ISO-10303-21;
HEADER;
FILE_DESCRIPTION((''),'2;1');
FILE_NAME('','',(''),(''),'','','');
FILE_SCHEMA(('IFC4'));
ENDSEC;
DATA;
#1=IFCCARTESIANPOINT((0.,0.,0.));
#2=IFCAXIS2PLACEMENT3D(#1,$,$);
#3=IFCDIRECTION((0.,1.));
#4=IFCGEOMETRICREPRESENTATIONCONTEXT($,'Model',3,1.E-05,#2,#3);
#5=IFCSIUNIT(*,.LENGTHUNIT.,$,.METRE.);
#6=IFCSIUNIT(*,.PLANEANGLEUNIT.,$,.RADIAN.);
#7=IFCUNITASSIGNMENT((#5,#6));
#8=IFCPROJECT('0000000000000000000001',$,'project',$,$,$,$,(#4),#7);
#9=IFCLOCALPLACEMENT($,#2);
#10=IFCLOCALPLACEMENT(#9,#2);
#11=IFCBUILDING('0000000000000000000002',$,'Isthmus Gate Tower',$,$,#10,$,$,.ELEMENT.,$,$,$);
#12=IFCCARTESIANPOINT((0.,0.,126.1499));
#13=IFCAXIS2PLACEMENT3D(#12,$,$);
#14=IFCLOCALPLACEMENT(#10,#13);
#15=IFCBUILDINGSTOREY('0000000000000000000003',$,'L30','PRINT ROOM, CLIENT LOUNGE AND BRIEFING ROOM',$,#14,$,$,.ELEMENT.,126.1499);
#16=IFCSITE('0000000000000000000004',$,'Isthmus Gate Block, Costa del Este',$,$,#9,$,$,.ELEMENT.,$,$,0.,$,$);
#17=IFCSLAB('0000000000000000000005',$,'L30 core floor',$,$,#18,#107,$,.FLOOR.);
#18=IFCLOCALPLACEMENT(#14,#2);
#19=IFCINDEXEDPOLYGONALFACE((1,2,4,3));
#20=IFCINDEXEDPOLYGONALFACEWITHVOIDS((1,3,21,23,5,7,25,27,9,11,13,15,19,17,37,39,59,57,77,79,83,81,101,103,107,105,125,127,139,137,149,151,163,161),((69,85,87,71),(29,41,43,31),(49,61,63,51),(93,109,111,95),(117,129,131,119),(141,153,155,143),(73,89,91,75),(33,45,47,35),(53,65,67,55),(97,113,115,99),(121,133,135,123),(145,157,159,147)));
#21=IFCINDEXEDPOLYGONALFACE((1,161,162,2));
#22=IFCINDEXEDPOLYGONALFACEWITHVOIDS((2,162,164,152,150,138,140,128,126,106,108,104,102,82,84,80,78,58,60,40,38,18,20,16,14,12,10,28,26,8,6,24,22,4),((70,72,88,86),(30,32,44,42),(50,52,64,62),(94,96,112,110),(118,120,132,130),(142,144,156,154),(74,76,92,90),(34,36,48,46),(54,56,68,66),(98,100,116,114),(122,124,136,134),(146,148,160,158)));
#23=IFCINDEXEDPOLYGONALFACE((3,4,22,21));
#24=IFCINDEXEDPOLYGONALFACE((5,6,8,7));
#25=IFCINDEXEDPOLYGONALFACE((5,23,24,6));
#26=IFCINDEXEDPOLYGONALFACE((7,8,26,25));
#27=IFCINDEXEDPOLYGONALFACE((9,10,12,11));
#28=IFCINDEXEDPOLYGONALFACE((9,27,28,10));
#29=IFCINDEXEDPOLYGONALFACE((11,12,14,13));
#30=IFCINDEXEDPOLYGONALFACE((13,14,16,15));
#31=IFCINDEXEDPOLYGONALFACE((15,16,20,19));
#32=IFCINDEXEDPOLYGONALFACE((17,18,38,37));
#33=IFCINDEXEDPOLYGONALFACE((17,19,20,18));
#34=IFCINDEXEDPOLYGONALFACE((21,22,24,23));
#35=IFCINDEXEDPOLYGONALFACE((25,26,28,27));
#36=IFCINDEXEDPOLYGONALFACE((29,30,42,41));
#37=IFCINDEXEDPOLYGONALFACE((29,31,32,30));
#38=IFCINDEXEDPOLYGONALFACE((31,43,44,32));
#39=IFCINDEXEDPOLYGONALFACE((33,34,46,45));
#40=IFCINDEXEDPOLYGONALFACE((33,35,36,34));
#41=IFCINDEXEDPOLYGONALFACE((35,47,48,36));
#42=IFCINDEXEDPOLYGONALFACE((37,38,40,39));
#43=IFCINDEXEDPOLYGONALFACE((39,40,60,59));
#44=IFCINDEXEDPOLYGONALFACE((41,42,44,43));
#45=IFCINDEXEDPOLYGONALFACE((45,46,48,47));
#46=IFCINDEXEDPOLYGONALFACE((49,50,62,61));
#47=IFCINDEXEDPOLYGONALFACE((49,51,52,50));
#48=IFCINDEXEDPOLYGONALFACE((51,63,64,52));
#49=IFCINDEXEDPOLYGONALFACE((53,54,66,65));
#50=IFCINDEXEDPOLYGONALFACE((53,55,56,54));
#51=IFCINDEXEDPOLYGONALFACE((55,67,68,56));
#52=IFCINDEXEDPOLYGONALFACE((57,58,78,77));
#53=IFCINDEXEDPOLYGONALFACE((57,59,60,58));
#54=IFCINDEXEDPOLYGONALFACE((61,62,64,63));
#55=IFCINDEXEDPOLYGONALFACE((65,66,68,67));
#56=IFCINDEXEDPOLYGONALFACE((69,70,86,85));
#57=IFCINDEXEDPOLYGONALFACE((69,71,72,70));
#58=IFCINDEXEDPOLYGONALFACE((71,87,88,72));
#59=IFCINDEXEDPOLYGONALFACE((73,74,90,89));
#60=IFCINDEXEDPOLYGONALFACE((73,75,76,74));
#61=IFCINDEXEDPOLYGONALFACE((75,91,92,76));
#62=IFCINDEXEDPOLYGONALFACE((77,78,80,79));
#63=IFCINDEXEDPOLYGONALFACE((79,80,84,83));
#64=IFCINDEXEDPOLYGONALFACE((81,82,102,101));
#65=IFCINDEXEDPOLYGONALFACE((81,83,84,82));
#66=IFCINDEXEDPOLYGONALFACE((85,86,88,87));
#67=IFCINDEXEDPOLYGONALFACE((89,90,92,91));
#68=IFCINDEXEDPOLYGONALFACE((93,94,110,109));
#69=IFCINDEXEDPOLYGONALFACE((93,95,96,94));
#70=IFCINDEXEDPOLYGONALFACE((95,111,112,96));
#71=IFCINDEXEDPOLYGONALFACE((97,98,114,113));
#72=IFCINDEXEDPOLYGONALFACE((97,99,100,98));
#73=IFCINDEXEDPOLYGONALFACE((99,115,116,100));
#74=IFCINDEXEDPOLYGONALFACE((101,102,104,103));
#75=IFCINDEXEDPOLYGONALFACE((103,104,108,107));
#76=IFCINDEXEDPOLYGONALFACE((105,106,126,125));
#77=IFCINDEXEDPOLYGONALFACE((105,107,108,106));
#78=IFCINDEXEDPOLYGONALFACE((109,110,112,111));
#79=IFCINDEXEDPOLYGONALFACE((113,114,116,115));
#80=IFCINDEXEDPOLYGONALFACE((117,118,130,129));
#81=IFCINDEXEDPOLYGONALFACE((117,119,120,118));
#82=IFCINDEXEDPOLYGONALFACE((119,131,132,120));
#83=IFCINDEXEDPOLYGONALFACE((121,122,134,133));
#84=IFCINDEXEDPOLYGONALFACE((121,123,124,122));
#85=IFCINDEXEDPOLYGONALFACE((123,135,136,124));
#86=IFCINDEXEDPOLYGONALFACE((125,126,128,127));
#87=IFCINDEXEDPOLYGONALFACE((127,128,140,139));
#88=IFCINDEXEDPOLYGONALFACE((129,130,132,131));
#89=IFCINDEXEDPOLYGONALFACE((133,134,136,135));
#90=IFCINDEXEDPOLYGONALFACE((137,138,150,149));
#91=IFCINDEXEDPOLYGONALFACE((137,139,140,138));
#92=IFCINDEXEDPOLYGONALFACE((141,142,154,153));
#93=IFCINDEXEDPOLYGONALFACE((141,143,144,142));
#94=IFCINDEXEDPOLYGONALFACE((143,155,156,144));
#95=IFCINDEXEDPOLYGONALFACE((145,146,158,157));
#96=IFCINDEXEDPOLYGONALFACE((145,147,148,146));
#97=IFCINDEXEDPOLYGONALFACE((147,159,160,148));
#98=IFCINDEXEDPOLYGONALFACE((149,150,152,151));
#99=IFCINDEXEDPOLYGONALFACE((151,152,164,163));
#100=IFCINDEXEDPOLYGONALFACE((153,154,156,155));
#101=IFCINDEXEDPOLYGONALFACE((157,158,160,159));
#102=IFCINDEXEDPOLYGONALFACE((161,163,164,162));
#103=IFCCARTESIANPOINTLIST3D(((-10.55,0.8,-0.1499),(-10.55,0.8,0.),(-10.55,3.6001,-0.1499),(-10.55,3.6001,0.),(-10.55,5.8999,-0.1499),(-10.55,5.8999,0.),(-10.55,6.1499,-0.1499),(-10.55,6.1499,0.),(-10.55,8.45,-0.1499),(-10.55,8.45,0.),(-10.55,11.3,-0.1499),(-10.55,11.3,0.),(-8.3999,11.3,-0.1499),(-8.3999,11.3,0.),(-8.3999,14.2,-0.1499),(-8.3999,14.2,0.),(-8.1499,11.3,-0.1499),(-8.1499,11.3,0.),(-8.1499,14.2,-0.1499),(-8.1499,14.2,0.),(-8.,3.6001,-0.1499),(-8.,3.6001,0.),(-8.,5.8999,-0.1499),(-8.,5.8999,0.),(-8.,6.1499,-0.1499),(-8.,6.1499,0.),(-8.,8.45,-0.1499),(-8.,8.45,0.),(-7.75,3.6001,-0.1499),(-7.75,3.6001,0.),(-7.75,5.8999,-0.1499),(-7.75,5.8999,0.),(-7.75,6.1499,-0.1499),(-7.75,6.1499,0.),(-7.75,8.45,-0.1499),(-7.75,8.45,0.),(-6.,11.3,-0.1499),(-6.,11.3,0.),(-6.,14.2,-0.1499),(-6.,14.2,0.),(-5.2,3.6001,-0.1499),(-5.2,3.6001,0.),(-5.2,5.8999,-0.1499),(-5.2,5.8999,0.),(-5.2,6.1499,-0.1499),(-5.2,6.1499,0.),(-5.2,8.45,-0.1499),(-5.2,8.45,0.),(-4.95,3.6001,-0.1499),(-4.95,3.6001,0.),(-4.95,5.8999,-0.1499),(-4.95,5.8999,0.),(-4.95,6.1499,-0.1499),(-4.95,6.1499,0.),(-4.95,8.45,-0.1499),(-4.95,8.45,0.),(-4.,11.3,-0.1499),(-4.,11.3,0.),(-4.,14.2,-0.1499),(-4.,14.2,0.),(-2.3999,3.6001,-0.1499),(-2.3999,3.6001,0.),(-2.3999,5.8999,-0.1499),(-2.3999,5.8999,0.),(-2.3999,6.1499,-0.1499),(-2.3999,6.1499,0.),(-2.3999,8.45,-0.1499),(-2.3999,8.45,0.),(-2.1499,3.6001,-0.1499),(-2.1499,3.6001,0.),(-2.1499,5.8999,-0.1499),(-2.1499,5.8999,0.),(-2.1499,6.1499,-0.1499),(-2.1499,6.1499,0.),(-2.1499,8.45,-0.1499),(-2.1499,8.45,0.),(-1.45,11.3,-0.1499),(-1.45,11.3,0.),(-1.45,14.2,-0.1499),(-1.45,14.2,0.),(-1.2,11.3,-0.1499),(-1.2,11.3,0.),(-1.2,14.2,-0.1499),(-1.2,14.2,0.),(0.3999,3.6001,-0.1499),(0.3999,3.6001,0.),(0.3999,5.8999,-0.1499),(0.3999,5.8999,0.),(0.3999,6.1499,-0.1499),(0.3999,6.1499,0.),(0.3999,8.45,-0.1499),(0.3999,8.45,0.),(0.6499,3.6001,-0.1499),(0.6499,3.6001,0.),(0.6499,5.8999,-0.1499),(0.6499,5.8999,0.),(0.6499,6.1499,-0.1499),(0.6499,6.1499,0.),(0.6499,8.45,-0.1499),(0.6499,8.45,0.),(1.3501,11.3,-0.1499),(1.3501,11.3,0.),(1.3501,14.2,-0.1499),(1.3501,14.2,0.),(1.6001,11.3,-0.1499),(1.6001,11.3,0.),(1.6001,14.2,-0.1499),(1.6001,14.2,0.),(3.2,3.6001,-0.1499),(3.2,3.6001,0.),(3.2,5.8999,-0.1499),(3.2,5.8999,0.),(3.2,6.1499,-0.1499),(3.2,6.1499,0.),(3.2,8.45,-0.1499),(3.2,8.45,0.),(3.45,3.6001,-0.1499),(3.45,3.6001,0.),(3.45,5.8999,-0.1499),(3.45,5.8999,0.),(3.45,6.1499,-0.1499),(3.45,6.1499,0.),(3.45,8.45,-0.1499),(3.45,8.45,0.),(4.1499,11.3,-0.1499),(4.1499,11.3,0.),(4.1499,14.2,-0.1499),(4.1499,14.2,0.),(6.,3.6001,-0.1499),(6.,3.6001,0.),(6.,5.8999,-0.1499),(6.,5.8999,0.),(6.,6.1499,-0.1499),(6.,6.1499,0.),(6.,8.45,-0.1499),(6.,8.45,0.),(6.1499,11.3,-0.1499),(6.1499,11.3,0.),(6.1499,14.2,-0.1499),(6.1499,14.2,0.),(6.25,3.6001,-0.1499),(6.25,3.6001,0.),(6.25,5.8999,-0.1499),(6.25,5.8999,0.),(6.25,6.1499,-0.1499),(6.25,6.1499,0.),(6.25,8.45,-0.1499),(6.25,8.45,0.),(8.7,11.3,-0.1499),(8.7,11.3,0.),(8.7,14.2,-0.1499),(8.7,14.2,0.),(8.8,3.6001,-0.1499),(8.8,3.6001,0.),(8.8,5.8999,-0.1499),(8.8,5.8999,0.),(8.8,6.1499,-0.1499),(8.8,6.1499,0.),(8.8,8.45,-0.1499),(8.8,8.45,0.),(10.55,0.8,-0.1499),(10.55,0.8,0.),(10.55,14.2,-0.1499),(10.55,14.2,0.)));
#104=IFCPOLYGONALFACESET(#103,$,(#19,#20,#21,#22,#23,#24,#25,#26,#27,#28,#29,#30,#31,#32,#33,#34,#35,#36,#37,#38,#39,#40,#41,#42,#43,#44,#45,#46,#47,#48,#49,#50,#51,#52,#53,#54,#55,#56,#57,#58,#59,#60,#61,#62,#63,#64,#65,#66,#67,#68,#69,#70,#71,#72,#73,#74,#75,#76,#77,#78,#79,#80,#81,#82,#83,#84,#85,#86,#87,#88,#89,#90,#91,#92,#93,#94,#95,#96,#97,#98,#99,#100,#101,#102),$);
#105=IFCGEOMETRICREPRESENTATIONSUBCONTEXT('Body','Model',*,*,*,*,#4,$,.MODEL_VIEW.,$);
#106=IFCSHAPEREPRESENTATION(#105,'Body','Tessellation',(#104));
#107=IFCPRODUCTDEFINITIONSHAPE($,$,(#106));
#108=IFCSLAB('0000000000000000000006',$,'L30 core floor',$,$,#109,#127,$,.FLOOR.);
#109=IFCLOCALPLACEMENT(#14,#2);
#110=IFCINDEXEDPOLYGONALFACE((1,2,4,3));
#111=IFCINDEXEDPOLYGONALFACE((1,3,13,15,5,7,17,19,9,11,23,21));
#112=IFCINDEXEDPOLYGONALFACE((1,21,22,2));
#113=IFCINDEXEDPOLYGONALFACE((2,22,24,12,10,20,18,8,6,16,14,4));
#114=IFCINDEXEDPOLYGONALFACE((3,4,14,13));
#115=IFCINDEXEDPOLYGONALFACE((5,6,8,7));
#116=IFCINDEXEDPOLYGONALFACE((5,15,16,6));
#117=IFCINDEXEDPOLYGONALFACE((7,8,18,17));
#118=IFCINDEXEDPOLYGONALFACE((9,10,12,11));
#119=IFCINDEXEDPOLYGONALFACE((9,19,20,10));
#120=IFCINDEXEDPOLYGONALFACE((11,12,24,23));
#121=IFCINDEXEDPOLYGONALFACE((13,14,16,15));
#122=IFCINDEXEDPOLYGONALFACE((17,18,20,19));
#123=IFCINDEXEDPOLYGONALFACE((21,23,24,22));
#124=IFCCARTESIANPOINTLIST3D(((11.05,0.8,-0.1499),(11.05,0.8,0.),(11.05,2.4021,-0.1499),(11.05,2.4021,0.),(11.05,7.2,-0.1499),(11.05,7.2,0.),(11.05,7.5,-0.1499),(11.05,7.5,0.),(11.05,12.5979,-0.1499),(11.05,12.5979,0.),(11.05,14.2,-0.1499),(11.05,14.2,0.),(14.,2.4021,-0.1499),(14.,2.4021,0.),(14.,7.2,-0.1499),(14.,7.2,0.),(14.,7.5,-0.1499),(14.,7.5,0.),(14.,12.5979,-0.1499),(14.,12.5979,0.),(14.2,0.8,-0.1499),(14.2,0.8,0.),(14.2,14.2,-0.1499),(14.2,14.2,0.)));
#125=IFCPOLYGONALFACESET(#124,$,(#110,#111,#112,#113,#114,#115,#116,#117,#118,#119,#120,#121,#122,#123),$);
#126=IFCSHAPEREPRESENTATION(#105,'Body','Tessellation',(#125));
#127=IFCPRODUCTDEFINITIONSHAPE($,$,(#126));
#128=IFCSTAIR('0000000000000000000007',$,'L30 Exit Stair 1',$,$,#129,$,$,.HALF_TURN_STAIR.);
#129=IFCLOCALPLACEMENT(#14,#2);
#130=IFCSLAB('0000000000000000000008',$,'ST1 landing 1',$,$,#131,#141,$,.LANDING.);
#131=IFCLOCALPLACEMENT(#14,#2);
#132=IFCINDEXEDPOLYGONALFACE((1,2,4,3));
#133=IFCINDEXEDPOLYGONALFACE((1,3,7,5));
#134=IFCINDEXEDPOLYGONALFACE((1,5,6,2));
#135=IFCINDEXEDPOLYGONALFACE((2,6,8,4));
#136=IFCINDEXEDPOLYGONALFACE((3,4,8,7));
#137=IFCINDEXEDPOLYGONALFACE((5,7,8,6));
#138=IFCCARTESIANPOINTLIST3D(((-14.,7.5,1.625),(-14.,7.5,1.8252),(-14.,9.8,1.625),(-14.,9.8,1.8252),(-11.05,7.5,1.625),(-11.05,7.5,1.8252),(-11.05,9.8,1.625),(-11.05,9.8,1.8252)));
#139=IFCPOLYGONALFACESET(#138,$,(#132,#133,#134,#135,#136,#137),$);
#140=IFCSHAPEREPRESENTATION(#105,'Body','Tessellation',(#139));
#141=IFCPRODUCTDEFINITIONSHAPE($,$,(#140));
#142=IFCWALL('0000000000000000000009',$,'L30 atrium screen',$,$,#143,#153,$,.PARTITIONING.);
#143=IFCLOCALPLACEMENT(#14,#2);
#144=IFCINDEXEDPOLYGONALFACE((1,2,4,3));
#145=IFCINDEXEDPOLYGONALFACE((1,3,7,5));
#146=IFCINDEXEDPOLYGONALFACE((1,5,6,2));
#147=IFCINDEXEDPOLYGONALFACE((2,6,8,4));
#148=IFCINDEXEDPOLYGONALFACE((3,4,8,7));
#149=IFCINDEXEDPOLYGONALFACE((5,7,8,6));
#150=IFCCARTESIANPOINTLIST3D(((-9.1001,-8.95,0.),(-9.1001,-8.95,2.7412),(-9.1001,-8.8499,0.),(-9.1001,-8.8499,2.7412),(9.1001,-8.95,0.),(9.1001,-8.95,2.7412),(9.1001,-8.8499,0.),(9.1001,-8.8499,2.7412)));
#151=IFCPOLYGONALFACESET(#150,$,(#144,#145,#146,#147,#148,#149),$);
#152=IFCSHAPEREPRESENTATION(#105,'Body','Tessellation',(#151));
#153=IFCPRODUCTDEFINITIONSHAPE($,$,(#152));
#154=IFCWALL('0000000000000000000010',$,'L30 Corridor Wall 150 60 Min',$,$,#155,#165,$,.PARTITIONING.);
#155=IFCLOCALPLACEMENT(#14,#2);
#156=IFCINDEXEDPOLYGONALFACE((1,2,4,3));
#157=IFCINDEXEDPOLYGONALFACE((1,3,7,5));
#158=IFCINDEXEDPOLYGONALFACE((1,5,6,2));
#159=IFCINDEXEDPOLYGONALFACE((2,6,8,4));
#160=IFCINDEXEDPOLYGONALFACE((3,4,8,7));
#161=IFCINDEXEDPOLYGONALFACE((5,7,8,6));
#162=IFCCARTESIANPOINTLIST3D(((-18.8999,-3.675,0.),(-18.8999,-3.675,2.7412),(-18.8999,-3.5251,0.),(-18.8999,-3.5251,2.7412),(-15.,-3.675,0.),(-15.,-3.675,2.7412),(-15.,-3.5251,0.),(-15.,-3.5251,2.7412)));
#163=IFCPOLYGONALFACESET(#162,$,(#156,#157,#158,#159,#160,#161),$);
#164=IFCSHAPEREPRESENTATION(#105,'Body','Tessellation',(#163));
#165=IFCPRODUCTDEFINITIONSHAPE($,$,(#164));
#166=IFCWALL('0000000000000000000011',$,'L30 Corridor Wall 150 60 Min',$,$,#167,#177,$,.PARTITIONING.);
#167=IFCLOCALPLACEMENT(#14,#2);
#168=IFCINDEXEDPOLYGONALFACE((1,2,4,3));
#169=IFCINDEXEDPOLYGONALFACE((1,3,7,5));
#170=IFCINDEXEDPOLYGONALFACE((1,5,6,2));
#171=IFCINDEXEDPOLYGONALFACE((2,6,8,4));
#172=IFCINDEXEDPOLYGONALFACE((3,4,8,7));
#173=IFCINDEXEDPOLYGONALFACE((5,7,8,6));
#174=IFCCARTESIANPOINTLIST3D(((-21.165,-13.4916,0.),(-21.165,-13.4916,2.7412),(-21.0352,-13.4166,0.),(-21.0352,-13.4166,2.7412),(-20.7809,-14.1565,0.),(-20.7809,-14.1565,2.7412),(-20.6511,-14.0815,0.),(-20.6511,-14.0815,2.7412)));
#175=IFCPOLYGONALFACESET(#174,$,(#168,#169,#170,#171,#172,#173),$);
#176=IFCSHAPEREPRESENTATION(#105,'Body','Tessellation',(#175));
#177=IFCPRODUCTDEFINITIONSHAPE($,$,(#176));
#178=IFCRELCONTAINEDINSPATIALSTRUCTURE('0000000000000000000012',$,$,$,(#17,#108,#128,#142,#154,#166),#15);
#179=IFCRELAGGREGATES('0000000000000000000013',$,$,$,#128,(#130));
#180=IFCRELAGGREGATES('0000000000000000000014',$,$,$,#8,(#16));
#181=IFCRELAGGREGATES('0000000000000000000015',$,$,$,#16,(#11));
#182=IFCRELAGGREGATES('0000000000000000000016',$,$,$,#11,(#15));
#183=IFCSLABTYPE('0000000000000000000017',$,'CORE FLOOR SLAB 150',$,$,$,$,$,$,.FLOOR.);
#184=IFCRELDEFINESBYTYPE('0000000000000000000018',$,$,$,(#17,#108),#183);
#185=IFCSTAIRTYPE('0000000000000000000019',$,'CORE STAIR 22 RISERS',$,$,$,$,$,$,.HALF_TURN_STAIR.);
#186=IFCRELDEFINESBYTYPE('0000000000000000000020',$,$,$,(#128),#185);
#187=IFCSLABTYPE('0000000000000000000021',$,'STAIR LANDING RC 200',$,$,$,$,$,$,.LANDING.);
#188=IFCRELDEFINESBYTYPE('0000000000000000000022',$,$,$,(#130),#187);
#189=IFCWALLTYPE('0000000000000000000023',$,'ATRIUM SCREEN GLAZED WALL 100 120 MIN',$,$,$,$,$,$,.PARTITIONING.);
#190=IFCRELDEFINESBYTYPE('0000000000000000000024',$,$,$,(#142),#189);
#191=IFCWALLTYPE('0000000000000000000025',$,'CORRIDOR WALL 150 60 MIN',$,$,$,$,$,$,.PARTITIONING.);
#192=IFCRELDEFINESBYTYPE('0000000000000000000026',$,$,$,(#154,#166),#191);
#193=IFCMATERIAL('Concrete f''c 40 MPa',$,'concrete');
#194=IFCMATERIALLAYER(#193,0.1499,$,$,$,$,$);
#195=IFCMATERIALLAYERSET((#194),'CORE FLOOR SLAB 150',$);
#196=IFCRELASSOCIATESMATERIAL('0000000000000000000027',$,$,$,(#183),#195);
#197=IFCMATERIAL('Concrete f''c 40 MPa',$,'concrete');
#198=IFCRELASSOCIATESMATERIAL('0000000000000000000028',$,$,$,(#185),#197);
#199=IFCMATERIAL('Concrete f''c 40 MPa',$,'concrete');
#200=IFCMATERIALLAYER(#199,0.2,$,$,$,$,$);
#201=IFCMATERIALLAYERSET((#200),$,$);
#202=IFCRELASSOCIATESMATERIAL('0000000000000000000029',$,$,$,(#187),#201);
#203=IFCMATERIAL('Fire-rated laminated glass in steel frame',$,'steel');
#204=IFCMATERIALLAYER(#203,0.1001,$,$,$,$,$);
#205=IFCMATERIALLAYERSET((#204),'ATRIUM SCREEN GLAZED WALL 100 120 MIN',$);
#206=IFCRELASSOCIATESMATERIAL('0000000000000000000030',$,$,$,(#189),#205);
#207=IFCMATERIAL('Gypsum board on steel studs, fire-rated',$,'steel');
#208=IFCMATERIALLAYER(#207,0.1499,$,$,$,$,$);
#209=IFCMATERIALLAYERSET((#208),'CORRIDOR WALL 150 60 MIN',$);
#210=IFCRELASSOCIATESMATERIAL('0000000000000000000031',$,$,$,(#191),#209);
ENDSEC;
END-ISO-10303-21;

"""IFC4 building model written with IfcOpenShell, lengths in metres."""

from ifc_helpers import new_model, si_unit, direction, frame, frame_2d, origin, place, context, subcontext, project, spatial, polyline, rectangle, outline, extrude, material, layer, layer_set, type_object, element, aggregate, save


model = new_model("IFC4")

# Units and contexts
model_context = context("Model", 3, precision=1e-05, world=origin(), true_north=direction((0.0, 1.0)))
body_context = subcontext(model_context, "Body", "Model", "MODEL_VIEW")
ifc_project = project(units=[si_unit("LENGTHUNIT", "METRE"), si_unit("PLANEANGLEUNIT", "RADIAN")], contexts=[model_context])

# Site, building, storey
site_placement = place(None, origin())
site = spatial("IfcSite", under=ifc_project, at=site_placement, Name="Isthmus Gate Block, Costa del Este", CompositionType="ELEMENT", RefElevation=0.0)
building_placement = place(site_placement, origin())
building = spatial("IfcBuilding", under=site, at=building_placement, Name="Isthmus Gate Tower", CompositionType="ELEMENT")
storey_placement = place(building_placement, frame((0.0, 0.0, 126.1499)))
storey = spatial("IfcBuildingStorey", under=building, at=storey_placement, Name="L30", Description="PRINT ROOM, CLIENT LOUNGE AND BRIEFING ROOM", CompositionType="ELEMENT", Elevation=126.1499)

# Slabs
ifc_material_1 = material(Name="Concrete f'c 40 MPa", Category="concrete")
ifc_layer_1 = layer(ifc_material_1, 0.1499)
ifc_layer_set_1 = layer_set([ifc_layer_1], Name="CORE FLOOR SLAB 150")
slab_type_1 = type_object("IfcSlabType", Name="CORE FLOOR SLAB 150", PredefinedType="FLOOR", material=ifc_layer_set_1)
slab_1_placement = place(storey_placement, frame((0.0, 0.0, -0.1499)))
element("IfcSlab", 1, at=slab_1_placement, inside=storey, type_object=slab_type_1, Name="L30 core floor", PredefinedType="FLOOR", context=body_context, shape_type="SweptSolid", body=[
    extrude(outline(polyline([(10.55, 14.2), (8.7, 14.2), (8.7, 11.3), (6.1499, 11.3), (6.1499, 14.2), (4.1499, 14.2), (4.1499, 11.3), (1.6001, 11.3), (1.6001, 14.2), (1.3501, 14.2), (1.3501, 11.3), (-1.2, 11.3), (-1.2, 14.2), (-1.45, 14.2), (-1.45, 11.3), (-4.0, 11.3), (-4.0, 14.2), (-6.0, 14.2), (-6.0, 11.3), (-8.1499, 11.3), (-8.1499, 14.2), (-8.3999, 14.2), (-8.3999, 11.3), (-10.55, 11.3), (-10.55, 8.45), (-8.0, 8.45), (-8.0, 6.1499), (-10.55, 6.1499), (-10.55, 5.8999), (-8.0, 5.8999), (-8.0, 3.6001), (-10.55, 3.6001), (-10.55, 0.8), (10.55, 0.8), (10.55, 14.2)]), holes=[polyline([(-5.2, 3.6001), (-7.75, 3.6001), (-7.75, 5.8999), (-5.2, 5.8999), (-5.2, 3.6001)]), polyline([(-2.3999, 3.6001), (-4.95, 3.6001), (-4.95, 5.8999), (-2.3999, 5.8999), (-2.3999, 3.6001)]), polyline([(-5.2, 6.1499), (-7.75, 6.1499), (-7.75, 8.45), (-5.2, 8.45), (-5.2, 6.1499)]), polyline([(-2.3999, 8.45), (-2.3999, 6.1499), (-4.95, 6.1499), (-4.95, 8.45), (-2.3999, 8.45)]), polyline([(0.3999, 6.1499), (-2.1499, 6.1499), (-2.1499, 8.45), (0.3999, 8.45), (0.3999, 6.1499)]), polyline([(0.3999, 5.8999), (0.3999, 3.6001), (-2.1499, 3.6001), (-2.1499, 5.8999), (0.3999, 5.8999)]), polyline([(3.2, 3.6001), (0.6499, 3.6001), (0.6499, 5.8999), (3.2, 5.8999), (3.2, 3.6001)]), polyline([(6.0, 3.6001), (3.45, 3.6001), (3.45, 5.8999), (6.0, 5.8999), (6.0, 3.6001)]), polyline([(8.8, 5.8999), (8.8, 3.6001), (6.25, 3.6001), (6.25, 5.8999), (8.8, 5.8999)]), polyline([(3.2, 6.1499), (0.6499, 6.1499), (0.6499, 8.45), (3.2, 8.45), (3.2, 6.1499)]), polyline([(6.0, 8.45), (6.0, 6.1499), (3.45, 6.1499), (3.45, 8.45), (6.0, 8.45)]), polyline([(8.8, 6.1499), (6.25, 6.1499), (6.25, 8.45), (8.8, 8.45), (8.8, 6.1499)])]), origin(), (0.0, 0.0, 1.0), 0.1499),
])
slab_2_placement = place(storey_placement, frame((0.0, 0.0, -0.1499)))
element("IfcSlab", 2, at=slab_2_placement, inside=storey, type_object=slab_type_1, Name="L30 core floor", PredefinedType="FLOOR", context=body_context, shape_type="SweptSolid", body=[
    extrude(outline(polyline([(11.05, 14.2), (11.05, 12.5979), (14.0, 12.5979), (14.0, 7.5), (11.05, 7.5), (11.05, 7.2), (14.0, 7.2), (14.0, 2.4021), (11.05, 2.4021), (11.05, 0.8), (14.2, 0.8), (14.2, 14.2), (11.05, 14.2)])), origin(), (0.0, 0.0, 1.0), 0.1499),
])

# Stair, slab
ifc_material_2 = material(Name="Concrete f'c 40 MPa", Category="concrete")
stair_type = type_object("IfcStairType", Name="CORE STAIR 22 RISERS", PredefinedType="HALF_TURN_STAIR", material=ifc_material_2)
stair_placement = place(storey_placement, origin())
stair = element("IfcStair", 3, at=stair_placement, inside=storey, type_object=stair_type, Name="L30 Exit Stair 1", PredefinedType="HALF_TURN_STAIR")
ifc_material_3 = material(Name="Concrete f'c 40 MPa", Category="concrete")
ifc_layer_2 = layer(ifc_material_3, 0.2)
ifc_layer_set_2 = layer_set([ifc_layer_2])
slab_type_2 = type_object("IfcSlabType", Name="STAIR LANDING RC 200", PredefinedType="LANDING", material=ifc_layer_set_2)
slab_3_placement = place(storey_placement, frame((0.0, 0.0, 1.625)))
slab_3 = element("IfcSlab", 4, at=slab_3_placement, type_object=slab_type_2, Name="ST1 landing 1", PredefinedType="LANDING", context=body_context, shape_type="SweptSolid", body=[
    extrude(outline(polyline([(-14.0, 9.8), (-14.0, 7.5), (-11.05, 7.5), (-11.05, 9.8), (-14.0, 9.8)])), origin(), (0.0, 0.0, 1.0), 0.2002),
])
aggregate(stair, [slab_3])

# Walls
ifc_material_4 = material(Name="Fire-rated laminated glass in steel frame", Category="steel")
ifc_layer_3 = layer(ifc_material_4, 0.1001)
ifc_layer_set_3 = layer_set([ifc_layer_3], Name="ATRIUM SCREEN GLAZED WALL 100 120 MIN")
wall_type_1 = type_object("IfcWallType", Name="ATRIUM SCREEN GLAZED WALL 100 120 MIN", PredefinedType="PARTITIONING", material=ifc_layer_set_3)
wall_1_placement = place(storey_placement, frame((-9.1001, -8.8999, 0.0), z_axis=(0.0, 0.0, 1.0), x_axis=(1.0, 0.0, 0.0)))
element("IfcWall", 5, at=wall_1_placement, inside=storey, type_object=wall_type_1, Name="L30 atrium screen", PredefinedType="PARTITIONING", context=body_context, shape_type="SweptSolid", body=[
    extrude(rectangle(XDim=18.2002, YDim=0.1001, at=frame_2d((9.1001, 0.0))), origin(), (0.0, 0.0, 1.0), 2.7412),
])
ifc_material_5 = material(Name="Gypsum board on steel studs, fire-rated", Category="steel")
ifc_layer_4 = layer(ifc_material_5, 0.1499)
ifc_layer_set_4 = layer_set([ifc_layer_4], Name="CORRIDOR WALL 150 60 MIN")
wall_type_2 = type_object("IfcWallType", Name="CORRIDOR WALL 150 60 MIN", PredefinedType="PARTITIONING", material=ifc_layer_set_4)
wall_2_placement = place(storey_placement, frame((-15.0, -3.6001, 0.0), z_axis=(0.0, 0.0, 1.0), x_axis=(-1.0, 0.0, 0.0)))
element("IfcWall", 6, at=wall_2_placement, inside=storey, type_object=wall_type_2, Name="L30 Corridor Wall 150 60 Min", PredefinedType="PARTITIONING", context=body_context, shape_type="SweptSolid", body=[
    extrude(rectangle(XDim=3.8999, YDim=0.1499, at=frame_2d((1.95, 0.0))), origin(), (0.0, 0.0, 1.0), 2.7412),
])
wall_3_placement = place(storey_placement, frame((-20.7161, -14.1189, 0.0), z_axis=(0.0, 0.0, 1.0), x_axis=(-0.500209, 0.865905, 0.0)))
element("IfcWall", 7, at=wall_3_placement, inside=storey, type_object=wall_type_2, Name="L30 Corridor Wall 150 60 Min", PredefinedType="PARTITIONING", context=body_context, shape_type="SweptSolid", body=[
    extrude(rectangle(XDim=0.7678, YDim=0.1499, at=frame_2d((0.3838, 0.0))), origin(), (0.0, 0.0, 1.0), 2.7412),
])

save(model, "model.ifc")
